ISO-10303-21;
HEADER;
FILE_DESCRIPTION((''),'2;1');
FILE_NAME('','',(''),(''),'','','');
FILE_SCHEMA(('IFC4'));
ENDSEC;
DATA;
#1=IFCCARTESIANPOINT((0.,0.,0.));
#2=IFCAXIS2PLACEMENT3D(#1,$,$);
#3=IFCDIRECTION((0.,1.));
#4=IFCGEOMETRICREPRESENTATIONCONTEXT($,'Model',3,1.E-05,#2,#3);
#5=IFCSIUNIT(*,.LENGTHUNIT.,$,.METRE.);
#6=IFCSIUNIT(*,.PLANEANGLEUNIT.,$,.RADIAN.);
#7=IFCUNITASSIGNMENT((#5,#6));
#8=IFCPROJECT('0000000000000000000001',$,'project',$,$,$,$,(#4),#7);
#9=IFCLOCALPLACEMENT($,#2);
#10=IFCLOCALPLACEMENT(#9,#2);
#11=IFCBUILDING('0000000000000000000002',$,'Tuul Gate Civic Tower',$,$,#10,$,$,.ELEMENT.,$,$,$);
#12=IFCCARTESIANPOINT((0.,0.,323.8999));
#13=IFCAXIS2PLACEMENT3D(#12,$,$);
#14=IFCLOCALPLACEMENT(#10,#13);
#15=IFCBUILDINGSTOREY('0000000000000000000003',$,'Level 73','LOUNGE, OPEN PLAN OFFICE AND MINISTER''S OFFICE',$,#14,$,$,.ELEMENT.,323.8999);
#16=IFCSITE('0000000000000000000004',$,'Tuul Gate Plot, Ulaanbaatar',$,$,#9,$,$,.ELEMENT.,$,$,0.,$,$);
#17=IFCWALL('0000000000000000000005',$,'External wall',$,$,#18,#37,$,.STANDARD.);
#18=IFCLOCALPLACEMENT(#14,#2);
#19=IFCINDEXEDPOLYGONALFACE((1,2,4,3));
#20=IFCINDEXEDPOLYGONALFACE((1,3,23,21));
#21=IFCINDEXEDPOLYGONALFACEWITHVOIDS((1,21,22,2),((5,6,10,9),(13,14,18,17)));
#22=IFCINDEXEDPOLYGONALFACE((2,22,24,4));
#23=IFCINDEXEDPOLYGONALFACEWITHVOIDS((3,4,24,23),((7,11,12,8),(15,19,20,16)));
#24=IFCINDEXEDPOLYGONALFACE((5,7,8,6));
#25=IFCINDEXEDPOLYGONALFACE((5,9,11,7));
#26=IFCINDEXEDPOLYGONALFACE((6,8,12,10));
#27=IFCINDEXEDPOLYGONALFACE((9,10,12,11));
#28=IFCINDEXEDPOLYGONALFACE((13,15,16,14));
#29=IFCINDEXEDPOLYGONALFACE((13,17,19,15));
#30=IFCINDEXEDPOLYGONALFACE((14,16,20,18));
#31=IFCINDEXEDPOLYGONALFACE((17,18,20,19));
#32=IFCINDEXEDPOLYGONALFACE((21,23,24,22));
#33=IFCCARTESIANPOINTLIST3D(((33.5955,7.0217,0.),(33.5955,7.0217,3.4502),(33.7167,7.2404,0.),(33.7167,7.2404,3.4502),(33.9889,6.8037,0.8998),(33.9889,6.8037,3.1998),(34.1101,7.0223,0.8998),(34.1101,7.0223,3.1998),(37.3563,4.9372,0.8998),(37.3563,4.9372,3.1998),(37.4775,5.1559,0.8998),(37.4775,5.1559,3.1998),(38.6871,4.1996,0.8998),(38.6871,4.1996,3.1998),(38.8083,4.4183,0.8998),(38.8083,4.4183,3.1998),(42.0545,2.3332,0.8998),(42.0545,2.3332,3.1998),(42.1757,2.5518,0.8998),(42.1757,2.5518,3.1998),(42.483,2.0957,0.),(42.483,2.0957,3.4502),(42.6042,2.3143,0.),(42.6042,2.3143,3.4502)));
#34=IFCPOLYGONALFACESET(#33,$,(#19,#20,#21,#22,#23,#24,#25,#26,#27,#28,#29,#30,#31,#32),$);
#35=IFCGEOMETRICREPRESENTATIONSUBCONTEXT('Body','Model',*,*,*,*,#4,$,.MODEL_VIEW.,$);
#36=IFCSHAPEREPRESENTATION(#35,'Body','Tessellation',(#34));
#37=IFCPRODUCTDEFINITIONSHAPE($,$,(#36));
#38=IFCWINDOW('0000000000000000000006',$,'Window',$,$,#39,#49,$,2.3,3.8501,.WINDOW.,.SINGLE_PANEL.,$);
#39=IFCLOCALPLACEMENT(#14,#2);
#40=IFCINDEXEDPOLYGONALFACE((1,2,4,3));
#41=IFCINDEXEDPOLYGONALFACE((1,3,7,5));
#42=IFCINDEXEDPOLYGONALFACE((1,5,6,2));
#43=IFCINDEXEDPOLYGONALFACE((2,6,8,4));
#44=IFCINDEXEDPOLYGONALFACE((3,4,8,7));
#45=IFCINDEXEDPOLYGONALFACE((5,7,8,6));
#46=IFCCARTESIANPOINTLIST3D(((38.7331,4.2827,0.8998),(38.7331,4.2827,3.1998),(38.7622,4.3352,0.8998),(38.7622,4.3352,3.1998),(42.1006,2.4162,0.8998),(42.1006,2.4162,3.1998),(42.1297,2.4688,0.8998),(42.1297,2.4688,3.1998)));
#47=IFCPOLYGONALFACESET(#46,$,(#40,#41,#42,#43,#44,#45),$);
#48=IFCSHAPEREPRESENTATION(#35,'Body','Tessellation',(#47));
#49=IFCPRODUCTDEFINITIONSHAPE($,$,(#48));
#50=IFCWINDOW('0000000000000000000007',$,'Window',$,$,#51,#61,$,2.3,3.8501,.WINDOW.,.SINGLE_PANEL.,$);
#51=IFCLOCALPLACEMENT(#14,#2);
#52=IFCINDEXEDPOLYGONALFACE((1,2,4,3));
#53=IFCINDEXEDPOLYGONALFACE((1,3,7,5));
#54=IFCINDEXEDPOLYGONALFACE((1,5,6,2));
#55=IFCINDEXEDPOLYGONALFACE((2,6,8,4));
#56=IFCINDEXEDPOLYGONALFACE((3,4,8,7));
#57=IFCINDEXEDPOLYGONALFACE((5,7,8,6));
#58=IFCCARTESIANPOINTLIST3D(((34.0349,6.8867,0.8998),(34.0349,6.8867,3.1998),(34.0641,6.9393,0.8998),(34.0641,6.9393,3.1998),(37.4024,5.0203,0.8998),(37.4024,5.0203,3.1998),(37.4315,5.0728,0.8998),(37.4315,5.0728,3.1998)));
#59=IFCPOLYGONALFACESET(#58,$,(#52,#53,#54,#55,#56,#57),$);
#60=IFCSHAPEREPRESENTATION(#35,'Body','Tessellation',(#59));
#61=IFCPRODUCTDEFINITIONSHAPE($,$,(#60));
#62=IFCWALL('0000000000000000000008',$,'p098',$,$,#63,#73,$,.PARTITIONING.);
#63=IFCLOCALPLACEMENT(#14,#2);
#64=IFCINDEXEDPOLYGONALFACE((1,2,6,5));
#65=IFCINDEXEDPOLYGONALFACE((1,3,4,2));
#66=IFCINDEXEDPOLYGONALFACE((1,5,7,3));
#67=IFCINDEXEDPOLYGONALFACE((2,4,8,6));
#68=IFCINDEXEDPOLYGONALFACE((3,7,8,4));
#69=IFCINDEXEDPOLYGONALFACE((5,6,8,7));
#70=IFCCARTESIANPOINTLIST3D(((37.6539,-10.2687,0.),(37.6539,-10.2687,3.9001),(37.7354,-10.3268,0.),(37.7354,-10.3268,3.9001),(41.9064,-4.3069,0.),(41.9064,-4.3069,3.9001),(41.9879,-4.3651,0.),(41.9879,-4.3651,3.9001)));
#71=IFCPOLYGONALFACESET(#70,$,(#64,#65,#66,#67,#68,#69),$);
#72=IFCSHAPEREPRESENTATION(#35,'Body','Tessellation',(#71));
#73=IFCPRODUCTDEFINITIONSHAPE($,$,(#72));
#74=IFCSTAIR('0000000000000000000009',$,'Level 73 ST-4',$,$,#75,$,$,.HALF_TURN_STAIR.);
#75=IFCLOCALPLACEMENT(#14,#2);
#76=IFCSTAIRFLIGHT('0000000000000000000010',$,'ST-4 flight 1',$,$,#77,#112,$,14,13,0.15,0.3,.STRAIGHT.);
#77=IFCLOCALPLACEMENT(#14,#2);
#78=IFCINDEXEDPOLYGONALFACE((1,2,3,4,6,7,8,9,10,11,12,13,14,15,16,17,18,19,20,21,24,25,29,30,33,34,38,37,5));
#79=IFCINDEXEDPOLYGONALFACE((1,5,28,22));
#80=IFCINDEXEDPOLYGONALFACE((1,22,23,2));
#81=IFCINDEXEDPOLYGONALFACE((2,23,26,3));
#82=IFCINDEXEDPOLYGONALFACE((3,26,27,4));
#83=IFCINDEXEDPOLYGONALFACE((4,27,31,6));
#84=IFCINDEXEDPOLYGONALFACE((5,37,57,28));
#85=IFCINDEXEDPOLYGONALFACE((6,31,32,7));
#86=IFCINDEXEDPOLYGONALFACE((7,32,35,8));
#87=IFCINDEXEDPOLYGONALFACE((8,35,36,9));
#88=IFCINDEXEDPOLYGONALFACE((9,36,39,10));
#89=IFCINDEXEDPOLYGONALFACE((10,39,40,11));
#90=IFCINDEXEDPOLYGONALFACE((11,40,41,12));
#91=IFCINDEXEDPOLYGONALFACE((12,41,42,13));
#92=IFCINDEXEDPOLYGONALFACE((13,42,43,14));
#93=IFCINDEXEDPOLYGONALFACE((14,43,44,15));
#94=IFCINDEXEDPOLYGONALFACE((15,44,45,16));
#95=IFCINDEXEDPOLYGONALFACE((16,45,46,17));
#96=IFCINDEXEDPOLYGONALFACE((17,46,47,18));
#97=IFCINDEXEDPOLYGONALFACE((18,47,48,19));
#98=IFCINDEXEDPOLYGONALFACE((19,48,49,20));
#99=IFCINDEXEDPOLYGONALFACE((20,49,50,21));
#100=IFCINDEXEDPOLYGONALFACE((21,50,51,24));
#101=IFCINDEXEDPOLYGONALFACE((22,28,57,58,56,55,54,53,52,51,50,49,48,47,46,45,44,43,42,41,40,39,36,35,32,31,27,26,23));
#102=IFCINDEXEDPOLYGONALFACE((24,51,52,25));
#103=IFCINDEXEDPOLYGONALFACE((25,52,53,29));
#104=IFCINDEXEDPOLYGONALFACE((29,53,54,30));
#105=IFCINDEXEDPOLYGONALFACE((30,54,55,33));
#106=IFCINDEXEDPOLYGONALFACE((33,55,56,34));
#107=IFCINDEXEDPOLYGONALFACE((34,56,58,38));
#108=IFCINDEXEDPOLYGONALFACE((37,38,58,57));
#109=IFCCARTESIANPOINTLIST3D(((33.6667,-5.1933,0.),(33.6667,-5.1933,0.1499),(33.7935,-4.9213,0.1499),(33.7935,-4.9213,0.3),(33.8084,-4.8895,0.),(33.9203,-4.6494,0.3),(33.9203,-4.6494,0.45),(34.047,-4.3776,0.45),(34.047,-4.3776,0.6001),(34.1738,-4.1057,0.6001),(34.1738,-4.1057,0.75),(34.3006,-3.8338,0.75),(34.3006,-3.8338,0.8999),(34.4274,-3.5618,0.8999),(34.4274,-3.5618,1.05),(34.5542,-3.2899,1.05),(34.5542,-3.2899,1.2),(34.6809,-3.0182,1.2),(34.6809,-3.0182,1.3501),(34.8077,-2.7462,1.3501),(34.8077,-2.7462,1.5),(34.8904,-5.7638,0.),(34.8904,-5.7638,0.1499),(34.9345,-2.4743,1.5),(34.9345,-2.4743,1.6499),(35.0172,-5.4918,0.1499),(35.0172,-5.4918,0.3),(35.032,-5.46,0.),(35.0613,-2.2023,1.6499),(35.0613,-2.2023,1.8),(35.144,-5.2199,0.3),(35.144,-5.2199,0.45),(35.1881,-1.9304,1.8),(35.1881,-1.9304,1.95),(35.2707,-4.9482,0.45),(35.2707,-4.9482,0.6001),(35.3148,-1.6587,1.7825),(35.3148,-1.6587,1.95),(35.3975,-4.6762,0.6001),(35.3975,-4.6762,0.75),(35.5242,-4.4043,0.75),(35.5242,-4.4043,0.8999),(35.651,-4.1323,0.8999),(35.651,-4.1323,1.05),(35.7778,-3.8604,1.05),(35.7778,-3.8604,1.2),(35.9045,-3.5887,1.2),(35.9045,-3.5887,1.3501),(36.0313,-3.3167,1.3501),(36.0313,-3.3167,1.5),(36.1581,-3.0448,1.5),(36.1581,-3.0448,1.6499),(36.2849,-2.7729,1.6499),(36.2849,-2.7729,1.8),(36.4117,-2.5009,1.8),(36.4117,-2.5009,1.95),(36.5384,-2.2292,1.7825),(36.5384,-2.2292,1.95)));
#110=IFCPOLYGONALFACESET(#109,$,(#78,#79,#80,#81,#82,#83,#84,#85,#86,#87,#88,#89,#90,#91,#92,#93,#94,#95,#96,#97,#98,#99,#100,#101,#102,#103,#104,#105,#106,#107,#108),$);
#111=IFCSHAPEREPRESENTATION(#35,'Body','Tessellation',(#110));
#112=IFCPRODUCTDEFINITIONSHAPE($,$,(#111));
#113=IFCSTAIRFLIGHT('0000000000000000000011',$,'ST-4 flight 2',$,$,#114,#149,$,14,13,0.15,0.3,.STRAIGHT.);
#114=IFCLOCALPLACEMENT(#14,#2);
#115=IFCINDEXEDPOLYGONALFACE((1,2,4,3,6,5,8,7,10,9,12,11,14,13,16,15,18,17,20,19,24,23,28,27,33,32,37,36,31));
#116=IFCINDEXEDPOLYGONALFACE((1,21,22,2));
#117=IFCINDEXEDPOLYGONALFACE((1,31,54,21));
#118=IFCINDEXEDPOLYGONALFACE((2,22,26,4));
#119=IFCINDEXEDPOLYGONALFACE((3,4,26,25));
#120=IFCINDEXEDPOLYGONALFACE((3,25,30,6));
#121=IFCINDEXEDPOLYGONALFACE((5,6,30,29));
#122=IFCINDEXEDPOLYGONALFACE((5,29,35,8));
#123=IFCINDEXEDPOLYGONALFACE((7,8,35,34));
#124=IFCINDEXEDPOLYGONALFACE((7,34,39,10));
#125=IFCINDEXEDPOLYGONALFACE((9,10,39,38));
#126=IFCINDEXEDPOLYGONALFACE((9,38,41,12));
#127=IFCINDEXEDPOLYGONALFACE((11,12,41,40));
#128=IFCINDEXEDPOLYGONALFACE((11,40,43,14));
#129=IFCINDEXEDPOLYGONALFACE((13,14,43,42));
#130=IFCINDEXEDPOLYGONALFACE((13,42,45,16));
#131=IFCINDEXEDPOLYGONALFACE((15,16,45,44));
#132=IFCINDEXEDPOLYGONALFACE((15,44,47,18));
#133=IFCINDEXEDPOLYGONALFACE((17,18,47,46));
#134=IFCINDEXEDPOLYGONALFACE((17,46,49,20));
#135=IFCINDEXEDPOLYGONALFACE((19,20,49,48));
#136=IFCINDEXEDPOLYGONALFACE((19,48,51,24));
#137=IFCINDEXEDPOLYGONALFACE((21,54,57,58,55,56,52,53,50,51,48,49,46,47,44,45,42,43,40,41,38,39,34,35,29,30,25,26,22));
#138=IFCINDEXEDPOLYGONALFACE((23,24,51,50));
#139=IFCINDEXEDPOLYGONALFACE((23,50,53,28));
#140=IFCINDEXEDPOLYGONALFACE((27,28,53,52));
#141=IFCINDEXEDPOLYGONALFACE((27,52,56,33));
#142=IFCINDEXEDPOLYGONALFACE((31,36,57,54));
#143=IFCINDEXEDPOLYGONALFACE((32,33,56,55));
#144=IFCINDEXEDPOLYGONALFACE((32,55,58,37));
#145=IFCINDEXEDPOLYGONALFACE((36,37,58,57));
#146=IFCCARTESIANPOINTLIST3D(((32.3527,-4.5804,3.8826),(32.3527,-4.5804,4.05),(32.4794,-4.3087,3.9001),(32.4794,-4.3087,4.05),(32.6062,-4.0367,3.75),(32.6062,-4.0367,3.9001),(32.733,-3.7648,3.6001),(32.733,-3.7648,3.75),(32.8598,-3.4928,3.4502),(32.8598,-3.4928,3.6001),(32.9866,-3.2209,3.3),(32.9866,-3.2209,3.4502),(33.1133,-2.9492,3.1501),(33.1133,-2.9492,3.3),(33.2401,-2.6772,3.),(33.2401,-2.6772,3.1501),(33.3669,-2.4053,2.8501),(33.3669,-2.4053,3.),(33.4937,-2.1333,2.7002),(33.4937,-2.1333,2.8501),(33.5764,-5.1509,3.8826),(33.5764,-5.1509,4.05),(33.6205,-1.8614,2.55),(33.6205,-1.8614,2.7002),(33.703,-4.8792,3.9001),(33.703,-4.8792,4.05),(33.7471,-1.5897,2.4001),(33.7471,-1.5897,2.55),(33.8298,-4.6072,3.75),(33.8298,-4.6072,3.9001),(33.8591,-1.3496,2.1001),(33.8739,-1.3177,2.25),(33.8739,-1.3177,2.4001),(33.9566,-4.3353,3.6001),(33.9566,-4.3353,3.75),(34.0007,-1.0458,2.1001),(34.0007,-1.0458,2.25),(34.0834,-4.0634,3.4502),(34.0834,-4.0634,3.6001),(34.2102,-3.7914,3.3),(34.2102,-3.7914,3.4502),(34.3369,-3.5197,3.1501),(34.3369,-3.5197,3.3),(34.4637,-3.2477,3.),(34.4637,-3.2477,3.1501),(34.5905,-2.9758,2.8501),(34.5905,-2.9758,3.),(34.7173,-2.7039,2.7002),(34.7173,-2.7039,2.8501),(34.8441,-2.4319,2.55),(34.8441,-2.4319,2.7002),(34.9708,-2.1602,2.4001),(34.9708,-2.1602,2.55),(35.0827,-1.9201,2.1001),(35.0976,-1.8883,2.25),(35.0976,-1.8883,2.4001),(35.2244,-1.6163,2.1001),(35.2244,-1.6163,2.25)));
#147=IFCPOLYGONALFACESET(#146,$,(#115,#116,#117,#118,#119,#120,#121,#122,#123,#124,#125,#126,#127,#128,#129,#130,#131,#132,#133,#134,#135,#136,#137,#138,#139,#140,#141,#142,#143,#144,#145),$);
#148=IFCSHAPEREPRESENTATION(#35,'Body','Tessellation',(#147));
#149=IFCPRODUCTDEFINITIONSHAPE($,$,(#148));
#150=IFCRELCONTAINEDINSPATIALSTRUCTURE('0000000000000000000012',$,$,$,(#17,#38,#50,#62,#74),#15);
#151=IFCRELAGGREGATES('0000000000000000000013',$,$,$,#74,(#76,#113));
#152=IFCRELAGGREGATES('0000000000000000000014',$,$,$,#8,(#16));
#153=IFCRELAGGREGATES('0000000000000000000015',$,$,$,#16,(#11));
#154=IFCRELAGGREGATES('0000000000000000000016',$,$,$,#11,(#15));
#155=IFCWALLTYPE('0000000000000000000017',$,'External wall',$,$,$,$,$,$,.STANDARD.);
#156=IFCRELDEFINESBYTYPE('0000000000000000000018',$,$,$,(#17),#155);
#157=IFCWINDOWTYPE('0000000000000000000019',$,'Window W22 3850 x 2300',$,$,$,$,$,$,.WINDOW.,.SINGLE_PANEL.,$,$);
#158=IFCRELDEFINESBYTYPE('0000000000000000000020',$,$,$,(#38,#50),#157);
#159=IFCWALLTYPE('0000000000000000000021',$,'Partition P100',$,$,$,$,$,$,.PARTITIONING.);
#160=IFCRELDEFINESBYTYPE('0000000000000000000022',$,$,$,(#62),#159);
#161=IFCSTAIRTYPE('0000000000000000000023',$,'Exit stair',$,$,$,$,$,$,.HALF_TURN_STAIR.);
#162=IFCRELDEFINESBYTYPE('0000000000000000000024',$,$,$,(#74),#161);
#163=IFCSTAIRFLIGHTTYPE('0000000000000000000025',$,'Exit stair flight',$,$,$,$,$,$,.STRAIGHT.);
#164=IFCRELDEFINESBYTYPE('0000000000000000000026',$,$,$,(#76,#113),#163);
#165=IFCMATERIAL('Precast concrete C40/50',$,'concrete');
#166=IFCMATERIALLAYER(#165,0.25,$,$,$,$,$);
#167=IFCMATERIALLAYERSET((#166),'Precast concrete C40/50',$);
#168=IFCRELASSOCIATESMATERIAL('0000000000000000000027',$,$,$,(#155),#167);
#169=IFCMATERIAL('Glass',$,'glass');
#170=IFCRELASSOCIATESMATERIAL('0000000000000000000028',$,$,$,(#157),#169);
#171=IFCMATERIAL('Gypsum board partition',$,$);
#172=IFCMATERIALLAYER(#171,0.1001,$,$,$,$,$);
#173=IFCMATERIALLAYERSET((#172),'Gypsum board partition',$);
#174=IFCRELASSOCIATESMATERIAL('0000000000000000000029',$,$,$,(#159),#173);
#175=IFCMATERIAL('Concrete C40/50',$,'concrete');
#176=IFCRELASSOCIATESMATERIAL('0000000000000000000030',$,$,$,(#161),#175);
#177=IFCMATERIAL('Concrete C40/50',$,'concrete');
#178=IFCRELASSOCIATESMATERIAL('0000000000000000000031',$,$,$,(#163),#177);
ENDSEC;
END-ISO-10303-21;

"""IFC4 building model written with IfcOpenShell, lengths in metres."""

from ifc_helpers import new_model, si_unit, direction, frame, frame_2d, origin, place, context, subcontext, project, spatial, polyline, rectangle, outline, extrude, material, layer, layer_set, type_object, element, fill, aggregate, save


model = new_model("IFC4")

# Units and contexts
model_context = context("Model", 3, precision=1e-05, world=origin(), true_north=direction((0.0, 1.0)))
body_context = subcontext(model_context, "Body", "Model", "MODEL_VIEW")
ifc_project = project(units=[si_unit("LENGTHUNIT", "METRE"), si_unit("PLANEANGLEUNIT", "RADIAN")], contexts=[model_context])

# Site, building, storey
site_placement = place(None, origin())
site = spatial("IfcSite", under=ifc_project, at=site_placement, Name="Tuul Gate Plot, Ulaanbaatar", CompositionType="ELEMENT", RefElevation=0.0)
building_placement = place(site_placement, origin())
building = spatial("IfcBuilding", under=site, at=building_placement, Name="Tuul Gate Civic Tower", CompositionType="ELEMENT")
storey_placement = place(building_placement, frame((0.0, 0.0, 323.8999)))
storey = spatial("IfcBuildingStorey", under=building, at=storey_placement, Name="Level 73", Description="LOUNGE, OPEN PLAN OFFICE AND MINISTER'S OFFICE", CompositionType="ELEMENT", Elevation=323.8999)

# Wall, openings, windows
ifc_material_1 = material(Name="Precast concrete C40/50", Category="concrete")
ifc_layer_1 = layer(ifc_material_1, 0.25)
ifc_layer_set_1 = layer_set([ifc_layer_1], Name="Precast concrete C40/50")
wall_type_1 = type_object("IfcWallType", Name="External wall", PredefinedType="STANDARD", material=ifc_layer_set_1)
wall_1_placement = place(storey_placement, frame((42.5435, 2.2051, 0.0), z_axis=(0.0, 0.0, 1.0), x_axis=(-0.874635, 0.484782, 0.0)))
wall_1 = element("IfcWall", 1, at=wall_1_placement, inside=storey, type_object=wall_type_1, Name="External wall", PredefinedType="STANDARD", context=body_context, shape_type="SweptSolid", body=[
    extrude(rectangle(XDim=10.1614, YDim=0.25, at=frame_2d((5.0806, 0.0))), origin(), (0.0, 0.0, 1.0), 3.4502),
])
opening_1_placement = place(wall_1_placement, frame((0.4897, 0.0, 0.8999)))
opening_1 = element("IfcOpeningElement", 2, at=opening_1_placement, cuts=wall_1, PredefinedType="OPENING", context=body_context, shape_type="SweptSolid", body=[
    extrude(rectangle(XDim=3.8501, YDim=2.3, at=frame_2d((1.925, 1.1499))), frame((0.0, 0.135, 0.0), z_axis=(0.0, -1.0, 0.0), x_axis=(1.0, 0.0, 0.0)), (0.0, 0.0, 1.0), 0.27),
])
opening_2_placement = place(wall_1_placement, frame((5.8613, 0.0, 0.8999)))
opening_2 = element("IfcOpeningElement", 3, at=opening_2_placement, cuts=wall_1, PredefinedType="OPENING", context=body_context, shape_type="SweptSolid", body=[
    extrude(rectangle(XDim=3.8501, YDim=2.3, at=frame_2d((1.925, 1.1499))), frame((0.0, 0.135, 0.0), z_axis=(0.0, -1.0, 0.0), x_axis=(1.0, 0.0, 0.0)), (0.0, 0.0, 1.0), 0.27),
])
ifc_material_2 = material(Name="Glass", Category="glass")
window_type = type_object("IfcWindowType", Name="Window W22 3850 x 2300", PartitioningType="SINGLE_PANEL", PredefinedType="WINDOW", material=ifc_material_2)
window_1_placement = place(opening_1_placement, origin())
window_1 = element("IfcWindow", 4, at=window_1_placement, inside=storey, type_object=window_type, Name="Window", OverallHeight=2.3, OverallWidth=3.8501, PartitioningType="SINGLE_PANEL", PredefinedType="WINDOW", context=body_context, shape_type="SweptSolid", body=[
    extrude(rectangle(XDim=3.8501, YDim=2.3, at=frame_2d((1.925, 1.1499))), frame((0.0, 0.03, 0.0), z_axis=(0.0, -1.0, 0.0), x_axis=(1.0, 0.0, 0.0)), (0.0, 0.0, 1.0), 0.0601),
])
fill(opening_1, window_1)
window_2_placement = place(opening_2_placement, origin())
window_2 = element("IfcWindow", 5, at=window_2_placement, inside=storey, type_object=window_type, Name="Window", OverallHeight=2.3, OverallWidth=3.8501, PartitioningType="SINGLE_PANEL", PredefinedType="WINDOW", context=body_context, shape_type="SweptSolid", body=[
    extrude(rectangle(XDim=3.8501, YDim=2.3, at=frame_2d((1.925, 1.1499))), frame((0.0, 0.03, 0.0), z_axis=(0.0, -1.0, 0.0), x_axis=(1.0, 0.0, 0.0)), (0.0, 0.0, 1.0), 0.0601),
])
fill(opening_2, window_2)

# Wall
ifc_material_3 = material(Name="Gypsum board partition")
ifc_layer_2 = layer(ifc_material_3, 0.1001)
ifc_layer_set_2 = layer_set([ifc_layer_2], Name="Gypsum board partition")
wall_type_2 = type_object("IfcWallType", Name="Partition P100", PredefinedType="PARTITIONING", material=ifc_layer_set_2)
wall_2_placement = place(storey_placement, frame((37.6946, -10.2979, 0.0), z_axis=(0.0, 0.0, 1.0), x_axis=(0.580705, 0.814114, 0.0)))
element("IfcWall", 6, at=wall_2_placement, inside=storey, type_object=wall_type_2, Name="p098", PredefinedType="PARTITIONING", context=body_context, shape_type="SweptSolid", body=[
    extrude(rectangle(XDim=7.323, YDim=0.1001, at=frame_2d((3.6616, 0.0))), origin(), (0.0, 0.0, 1.0), 3.9001),
])

# Stair, stair flights
ifc_material_4 = material(Name="Concrete C40/50", Category="concrete")
stair_type = type_object("IfcStairType", Name="Exit stair", PredefinedType="HALF_TURN_STAIR", material=ifc_material_4)
stair_placement = place(storey_placement, origin())
stair = element("IfcStair", 7, at=stair_placement, inside=storey, type_object=stair_type, Name="Level 73 ST-4", PredefinedType="HALF_TURN_STAIR")
ifc_material_5 = material(Name="Concrete C40/50", Category="concrete")
stair_flight_type = type_object("IfcStairFlightType", Name="Exit stair flight", PredefinedType="STRAIGHT", material=ifc_material_5)
stair_flight_1_placement = place(storey_placement, frame((34.2786, -5.4785, 0.0), z_axis=(0.0, 0.0, 1.0), x_axis=(0.422576, 0.906327, 0.0)))
stair_flight_1 = element("IfcStairFlight", 8, at=stair_flight_1_placement, type_object=stair_flight_type, Name="ST-4 flight 1", NumberOfRisers=14, NumberOfTreads=13, PredefinedType="STRAIGHT", RiserHeight=0.15, TreadLength=0.3, context=body_context, shape_type="SweptSolid", body=[
    extrude(outline(polyline([(0.0, 0.0), (0.0, 0.1499), (0.3, 0.1499), (0.3, 0.3), (0.6001, 0.3), (0.6001, 0.45), (0.8999, 0.45), (0.8999, 0.6001), (1.2, 0.6001), (1.2, 0.75), (1.5, 0.75), (1.5, 0.8999), (1.8, 0.8999), (1.8, 1.05), (2.1001, 1.05), (2.1001, 1.2), (2.3999, 1.2), (2.3999, 1.3501), (2.7, 1.3501), (2.7, 1.5), (3.0, 1.5), (3.0, 1.6499), (3.3, 1.6499), (3.3, 1.8), (3.6001, 1.8), (3.6001, 1.95), (3.8999, 1.95), (3.8999, 2.1001), (3.8999, 1.7825), (0.3352, 0.0), (0.0, 0.0)])), frame((0.0, 0.675, 0.0), z_axis=(0.0, -1.0, 0.0), x_axis=(1.0, 0.0, 0.0)), (0.0, 0.0, 1.0), 1.3501),
])
stair_flight_2_placement = place(storey_placement, frame((34.6125, -1.3311, 2.1001), z_axis=(0.0, 0.0, 1.0), x_axis=(-0.422576, -0.906327, 0.0)))
stair_flight_2 = element("IfcStairFlight", 9, at=stair_flight_2_placement, type_object=stair_flight_type, Name="ST-4 flight 2", NumberOfRisers=14, NumberOfTreads=13, PredefinedType="STRAIGHT", RiserHeight=0.15, TreadLength=0.3, context=body_context, shape_type="SweptSolid", body=[
    extrude(outline(polyline([(0.0, 0.0), (0.0, 0.1499), (0.3, 0.1499), (0.3, 0.3), (0.6001, 0.3), (0.6001, 0.45), (0.8999, 0.45), (0.8999, 0.6001), (1.2, 0.6001), (1.2, 0.75), (1.5, 0.75), (1.5, 0.8999), (1.8, 0.8999), (1.8, 1.05), (2.1001, 1.05), (2.1001, 1.2), (2.3999, 1.2), (2.3999, 1.3501), (2.7, 1.3501), (2.7, 1.5), (3.0, 1.5), (3.0, 1.6499), (3.3, 1.6499), (3.3, 1.8), (3.6001, 1.8), (3.6001, 1.95), (3.8999, 1.95), (3.8999, 2.1001), (3.8999, 1.7825), (0.3352, 0.0), (0.0, 0.0)])), frame((0.0, 0.675, 0.0), z_axis=(0.0, -1.0, 0.0), x_axis=(1.0, 0.0, 0.0)), (0.0, 0.0, 1.0), 1.3501),
])
aggregate(stair, [stair_flight_1, stair_flight_2])

save(model, "model.ifc")
